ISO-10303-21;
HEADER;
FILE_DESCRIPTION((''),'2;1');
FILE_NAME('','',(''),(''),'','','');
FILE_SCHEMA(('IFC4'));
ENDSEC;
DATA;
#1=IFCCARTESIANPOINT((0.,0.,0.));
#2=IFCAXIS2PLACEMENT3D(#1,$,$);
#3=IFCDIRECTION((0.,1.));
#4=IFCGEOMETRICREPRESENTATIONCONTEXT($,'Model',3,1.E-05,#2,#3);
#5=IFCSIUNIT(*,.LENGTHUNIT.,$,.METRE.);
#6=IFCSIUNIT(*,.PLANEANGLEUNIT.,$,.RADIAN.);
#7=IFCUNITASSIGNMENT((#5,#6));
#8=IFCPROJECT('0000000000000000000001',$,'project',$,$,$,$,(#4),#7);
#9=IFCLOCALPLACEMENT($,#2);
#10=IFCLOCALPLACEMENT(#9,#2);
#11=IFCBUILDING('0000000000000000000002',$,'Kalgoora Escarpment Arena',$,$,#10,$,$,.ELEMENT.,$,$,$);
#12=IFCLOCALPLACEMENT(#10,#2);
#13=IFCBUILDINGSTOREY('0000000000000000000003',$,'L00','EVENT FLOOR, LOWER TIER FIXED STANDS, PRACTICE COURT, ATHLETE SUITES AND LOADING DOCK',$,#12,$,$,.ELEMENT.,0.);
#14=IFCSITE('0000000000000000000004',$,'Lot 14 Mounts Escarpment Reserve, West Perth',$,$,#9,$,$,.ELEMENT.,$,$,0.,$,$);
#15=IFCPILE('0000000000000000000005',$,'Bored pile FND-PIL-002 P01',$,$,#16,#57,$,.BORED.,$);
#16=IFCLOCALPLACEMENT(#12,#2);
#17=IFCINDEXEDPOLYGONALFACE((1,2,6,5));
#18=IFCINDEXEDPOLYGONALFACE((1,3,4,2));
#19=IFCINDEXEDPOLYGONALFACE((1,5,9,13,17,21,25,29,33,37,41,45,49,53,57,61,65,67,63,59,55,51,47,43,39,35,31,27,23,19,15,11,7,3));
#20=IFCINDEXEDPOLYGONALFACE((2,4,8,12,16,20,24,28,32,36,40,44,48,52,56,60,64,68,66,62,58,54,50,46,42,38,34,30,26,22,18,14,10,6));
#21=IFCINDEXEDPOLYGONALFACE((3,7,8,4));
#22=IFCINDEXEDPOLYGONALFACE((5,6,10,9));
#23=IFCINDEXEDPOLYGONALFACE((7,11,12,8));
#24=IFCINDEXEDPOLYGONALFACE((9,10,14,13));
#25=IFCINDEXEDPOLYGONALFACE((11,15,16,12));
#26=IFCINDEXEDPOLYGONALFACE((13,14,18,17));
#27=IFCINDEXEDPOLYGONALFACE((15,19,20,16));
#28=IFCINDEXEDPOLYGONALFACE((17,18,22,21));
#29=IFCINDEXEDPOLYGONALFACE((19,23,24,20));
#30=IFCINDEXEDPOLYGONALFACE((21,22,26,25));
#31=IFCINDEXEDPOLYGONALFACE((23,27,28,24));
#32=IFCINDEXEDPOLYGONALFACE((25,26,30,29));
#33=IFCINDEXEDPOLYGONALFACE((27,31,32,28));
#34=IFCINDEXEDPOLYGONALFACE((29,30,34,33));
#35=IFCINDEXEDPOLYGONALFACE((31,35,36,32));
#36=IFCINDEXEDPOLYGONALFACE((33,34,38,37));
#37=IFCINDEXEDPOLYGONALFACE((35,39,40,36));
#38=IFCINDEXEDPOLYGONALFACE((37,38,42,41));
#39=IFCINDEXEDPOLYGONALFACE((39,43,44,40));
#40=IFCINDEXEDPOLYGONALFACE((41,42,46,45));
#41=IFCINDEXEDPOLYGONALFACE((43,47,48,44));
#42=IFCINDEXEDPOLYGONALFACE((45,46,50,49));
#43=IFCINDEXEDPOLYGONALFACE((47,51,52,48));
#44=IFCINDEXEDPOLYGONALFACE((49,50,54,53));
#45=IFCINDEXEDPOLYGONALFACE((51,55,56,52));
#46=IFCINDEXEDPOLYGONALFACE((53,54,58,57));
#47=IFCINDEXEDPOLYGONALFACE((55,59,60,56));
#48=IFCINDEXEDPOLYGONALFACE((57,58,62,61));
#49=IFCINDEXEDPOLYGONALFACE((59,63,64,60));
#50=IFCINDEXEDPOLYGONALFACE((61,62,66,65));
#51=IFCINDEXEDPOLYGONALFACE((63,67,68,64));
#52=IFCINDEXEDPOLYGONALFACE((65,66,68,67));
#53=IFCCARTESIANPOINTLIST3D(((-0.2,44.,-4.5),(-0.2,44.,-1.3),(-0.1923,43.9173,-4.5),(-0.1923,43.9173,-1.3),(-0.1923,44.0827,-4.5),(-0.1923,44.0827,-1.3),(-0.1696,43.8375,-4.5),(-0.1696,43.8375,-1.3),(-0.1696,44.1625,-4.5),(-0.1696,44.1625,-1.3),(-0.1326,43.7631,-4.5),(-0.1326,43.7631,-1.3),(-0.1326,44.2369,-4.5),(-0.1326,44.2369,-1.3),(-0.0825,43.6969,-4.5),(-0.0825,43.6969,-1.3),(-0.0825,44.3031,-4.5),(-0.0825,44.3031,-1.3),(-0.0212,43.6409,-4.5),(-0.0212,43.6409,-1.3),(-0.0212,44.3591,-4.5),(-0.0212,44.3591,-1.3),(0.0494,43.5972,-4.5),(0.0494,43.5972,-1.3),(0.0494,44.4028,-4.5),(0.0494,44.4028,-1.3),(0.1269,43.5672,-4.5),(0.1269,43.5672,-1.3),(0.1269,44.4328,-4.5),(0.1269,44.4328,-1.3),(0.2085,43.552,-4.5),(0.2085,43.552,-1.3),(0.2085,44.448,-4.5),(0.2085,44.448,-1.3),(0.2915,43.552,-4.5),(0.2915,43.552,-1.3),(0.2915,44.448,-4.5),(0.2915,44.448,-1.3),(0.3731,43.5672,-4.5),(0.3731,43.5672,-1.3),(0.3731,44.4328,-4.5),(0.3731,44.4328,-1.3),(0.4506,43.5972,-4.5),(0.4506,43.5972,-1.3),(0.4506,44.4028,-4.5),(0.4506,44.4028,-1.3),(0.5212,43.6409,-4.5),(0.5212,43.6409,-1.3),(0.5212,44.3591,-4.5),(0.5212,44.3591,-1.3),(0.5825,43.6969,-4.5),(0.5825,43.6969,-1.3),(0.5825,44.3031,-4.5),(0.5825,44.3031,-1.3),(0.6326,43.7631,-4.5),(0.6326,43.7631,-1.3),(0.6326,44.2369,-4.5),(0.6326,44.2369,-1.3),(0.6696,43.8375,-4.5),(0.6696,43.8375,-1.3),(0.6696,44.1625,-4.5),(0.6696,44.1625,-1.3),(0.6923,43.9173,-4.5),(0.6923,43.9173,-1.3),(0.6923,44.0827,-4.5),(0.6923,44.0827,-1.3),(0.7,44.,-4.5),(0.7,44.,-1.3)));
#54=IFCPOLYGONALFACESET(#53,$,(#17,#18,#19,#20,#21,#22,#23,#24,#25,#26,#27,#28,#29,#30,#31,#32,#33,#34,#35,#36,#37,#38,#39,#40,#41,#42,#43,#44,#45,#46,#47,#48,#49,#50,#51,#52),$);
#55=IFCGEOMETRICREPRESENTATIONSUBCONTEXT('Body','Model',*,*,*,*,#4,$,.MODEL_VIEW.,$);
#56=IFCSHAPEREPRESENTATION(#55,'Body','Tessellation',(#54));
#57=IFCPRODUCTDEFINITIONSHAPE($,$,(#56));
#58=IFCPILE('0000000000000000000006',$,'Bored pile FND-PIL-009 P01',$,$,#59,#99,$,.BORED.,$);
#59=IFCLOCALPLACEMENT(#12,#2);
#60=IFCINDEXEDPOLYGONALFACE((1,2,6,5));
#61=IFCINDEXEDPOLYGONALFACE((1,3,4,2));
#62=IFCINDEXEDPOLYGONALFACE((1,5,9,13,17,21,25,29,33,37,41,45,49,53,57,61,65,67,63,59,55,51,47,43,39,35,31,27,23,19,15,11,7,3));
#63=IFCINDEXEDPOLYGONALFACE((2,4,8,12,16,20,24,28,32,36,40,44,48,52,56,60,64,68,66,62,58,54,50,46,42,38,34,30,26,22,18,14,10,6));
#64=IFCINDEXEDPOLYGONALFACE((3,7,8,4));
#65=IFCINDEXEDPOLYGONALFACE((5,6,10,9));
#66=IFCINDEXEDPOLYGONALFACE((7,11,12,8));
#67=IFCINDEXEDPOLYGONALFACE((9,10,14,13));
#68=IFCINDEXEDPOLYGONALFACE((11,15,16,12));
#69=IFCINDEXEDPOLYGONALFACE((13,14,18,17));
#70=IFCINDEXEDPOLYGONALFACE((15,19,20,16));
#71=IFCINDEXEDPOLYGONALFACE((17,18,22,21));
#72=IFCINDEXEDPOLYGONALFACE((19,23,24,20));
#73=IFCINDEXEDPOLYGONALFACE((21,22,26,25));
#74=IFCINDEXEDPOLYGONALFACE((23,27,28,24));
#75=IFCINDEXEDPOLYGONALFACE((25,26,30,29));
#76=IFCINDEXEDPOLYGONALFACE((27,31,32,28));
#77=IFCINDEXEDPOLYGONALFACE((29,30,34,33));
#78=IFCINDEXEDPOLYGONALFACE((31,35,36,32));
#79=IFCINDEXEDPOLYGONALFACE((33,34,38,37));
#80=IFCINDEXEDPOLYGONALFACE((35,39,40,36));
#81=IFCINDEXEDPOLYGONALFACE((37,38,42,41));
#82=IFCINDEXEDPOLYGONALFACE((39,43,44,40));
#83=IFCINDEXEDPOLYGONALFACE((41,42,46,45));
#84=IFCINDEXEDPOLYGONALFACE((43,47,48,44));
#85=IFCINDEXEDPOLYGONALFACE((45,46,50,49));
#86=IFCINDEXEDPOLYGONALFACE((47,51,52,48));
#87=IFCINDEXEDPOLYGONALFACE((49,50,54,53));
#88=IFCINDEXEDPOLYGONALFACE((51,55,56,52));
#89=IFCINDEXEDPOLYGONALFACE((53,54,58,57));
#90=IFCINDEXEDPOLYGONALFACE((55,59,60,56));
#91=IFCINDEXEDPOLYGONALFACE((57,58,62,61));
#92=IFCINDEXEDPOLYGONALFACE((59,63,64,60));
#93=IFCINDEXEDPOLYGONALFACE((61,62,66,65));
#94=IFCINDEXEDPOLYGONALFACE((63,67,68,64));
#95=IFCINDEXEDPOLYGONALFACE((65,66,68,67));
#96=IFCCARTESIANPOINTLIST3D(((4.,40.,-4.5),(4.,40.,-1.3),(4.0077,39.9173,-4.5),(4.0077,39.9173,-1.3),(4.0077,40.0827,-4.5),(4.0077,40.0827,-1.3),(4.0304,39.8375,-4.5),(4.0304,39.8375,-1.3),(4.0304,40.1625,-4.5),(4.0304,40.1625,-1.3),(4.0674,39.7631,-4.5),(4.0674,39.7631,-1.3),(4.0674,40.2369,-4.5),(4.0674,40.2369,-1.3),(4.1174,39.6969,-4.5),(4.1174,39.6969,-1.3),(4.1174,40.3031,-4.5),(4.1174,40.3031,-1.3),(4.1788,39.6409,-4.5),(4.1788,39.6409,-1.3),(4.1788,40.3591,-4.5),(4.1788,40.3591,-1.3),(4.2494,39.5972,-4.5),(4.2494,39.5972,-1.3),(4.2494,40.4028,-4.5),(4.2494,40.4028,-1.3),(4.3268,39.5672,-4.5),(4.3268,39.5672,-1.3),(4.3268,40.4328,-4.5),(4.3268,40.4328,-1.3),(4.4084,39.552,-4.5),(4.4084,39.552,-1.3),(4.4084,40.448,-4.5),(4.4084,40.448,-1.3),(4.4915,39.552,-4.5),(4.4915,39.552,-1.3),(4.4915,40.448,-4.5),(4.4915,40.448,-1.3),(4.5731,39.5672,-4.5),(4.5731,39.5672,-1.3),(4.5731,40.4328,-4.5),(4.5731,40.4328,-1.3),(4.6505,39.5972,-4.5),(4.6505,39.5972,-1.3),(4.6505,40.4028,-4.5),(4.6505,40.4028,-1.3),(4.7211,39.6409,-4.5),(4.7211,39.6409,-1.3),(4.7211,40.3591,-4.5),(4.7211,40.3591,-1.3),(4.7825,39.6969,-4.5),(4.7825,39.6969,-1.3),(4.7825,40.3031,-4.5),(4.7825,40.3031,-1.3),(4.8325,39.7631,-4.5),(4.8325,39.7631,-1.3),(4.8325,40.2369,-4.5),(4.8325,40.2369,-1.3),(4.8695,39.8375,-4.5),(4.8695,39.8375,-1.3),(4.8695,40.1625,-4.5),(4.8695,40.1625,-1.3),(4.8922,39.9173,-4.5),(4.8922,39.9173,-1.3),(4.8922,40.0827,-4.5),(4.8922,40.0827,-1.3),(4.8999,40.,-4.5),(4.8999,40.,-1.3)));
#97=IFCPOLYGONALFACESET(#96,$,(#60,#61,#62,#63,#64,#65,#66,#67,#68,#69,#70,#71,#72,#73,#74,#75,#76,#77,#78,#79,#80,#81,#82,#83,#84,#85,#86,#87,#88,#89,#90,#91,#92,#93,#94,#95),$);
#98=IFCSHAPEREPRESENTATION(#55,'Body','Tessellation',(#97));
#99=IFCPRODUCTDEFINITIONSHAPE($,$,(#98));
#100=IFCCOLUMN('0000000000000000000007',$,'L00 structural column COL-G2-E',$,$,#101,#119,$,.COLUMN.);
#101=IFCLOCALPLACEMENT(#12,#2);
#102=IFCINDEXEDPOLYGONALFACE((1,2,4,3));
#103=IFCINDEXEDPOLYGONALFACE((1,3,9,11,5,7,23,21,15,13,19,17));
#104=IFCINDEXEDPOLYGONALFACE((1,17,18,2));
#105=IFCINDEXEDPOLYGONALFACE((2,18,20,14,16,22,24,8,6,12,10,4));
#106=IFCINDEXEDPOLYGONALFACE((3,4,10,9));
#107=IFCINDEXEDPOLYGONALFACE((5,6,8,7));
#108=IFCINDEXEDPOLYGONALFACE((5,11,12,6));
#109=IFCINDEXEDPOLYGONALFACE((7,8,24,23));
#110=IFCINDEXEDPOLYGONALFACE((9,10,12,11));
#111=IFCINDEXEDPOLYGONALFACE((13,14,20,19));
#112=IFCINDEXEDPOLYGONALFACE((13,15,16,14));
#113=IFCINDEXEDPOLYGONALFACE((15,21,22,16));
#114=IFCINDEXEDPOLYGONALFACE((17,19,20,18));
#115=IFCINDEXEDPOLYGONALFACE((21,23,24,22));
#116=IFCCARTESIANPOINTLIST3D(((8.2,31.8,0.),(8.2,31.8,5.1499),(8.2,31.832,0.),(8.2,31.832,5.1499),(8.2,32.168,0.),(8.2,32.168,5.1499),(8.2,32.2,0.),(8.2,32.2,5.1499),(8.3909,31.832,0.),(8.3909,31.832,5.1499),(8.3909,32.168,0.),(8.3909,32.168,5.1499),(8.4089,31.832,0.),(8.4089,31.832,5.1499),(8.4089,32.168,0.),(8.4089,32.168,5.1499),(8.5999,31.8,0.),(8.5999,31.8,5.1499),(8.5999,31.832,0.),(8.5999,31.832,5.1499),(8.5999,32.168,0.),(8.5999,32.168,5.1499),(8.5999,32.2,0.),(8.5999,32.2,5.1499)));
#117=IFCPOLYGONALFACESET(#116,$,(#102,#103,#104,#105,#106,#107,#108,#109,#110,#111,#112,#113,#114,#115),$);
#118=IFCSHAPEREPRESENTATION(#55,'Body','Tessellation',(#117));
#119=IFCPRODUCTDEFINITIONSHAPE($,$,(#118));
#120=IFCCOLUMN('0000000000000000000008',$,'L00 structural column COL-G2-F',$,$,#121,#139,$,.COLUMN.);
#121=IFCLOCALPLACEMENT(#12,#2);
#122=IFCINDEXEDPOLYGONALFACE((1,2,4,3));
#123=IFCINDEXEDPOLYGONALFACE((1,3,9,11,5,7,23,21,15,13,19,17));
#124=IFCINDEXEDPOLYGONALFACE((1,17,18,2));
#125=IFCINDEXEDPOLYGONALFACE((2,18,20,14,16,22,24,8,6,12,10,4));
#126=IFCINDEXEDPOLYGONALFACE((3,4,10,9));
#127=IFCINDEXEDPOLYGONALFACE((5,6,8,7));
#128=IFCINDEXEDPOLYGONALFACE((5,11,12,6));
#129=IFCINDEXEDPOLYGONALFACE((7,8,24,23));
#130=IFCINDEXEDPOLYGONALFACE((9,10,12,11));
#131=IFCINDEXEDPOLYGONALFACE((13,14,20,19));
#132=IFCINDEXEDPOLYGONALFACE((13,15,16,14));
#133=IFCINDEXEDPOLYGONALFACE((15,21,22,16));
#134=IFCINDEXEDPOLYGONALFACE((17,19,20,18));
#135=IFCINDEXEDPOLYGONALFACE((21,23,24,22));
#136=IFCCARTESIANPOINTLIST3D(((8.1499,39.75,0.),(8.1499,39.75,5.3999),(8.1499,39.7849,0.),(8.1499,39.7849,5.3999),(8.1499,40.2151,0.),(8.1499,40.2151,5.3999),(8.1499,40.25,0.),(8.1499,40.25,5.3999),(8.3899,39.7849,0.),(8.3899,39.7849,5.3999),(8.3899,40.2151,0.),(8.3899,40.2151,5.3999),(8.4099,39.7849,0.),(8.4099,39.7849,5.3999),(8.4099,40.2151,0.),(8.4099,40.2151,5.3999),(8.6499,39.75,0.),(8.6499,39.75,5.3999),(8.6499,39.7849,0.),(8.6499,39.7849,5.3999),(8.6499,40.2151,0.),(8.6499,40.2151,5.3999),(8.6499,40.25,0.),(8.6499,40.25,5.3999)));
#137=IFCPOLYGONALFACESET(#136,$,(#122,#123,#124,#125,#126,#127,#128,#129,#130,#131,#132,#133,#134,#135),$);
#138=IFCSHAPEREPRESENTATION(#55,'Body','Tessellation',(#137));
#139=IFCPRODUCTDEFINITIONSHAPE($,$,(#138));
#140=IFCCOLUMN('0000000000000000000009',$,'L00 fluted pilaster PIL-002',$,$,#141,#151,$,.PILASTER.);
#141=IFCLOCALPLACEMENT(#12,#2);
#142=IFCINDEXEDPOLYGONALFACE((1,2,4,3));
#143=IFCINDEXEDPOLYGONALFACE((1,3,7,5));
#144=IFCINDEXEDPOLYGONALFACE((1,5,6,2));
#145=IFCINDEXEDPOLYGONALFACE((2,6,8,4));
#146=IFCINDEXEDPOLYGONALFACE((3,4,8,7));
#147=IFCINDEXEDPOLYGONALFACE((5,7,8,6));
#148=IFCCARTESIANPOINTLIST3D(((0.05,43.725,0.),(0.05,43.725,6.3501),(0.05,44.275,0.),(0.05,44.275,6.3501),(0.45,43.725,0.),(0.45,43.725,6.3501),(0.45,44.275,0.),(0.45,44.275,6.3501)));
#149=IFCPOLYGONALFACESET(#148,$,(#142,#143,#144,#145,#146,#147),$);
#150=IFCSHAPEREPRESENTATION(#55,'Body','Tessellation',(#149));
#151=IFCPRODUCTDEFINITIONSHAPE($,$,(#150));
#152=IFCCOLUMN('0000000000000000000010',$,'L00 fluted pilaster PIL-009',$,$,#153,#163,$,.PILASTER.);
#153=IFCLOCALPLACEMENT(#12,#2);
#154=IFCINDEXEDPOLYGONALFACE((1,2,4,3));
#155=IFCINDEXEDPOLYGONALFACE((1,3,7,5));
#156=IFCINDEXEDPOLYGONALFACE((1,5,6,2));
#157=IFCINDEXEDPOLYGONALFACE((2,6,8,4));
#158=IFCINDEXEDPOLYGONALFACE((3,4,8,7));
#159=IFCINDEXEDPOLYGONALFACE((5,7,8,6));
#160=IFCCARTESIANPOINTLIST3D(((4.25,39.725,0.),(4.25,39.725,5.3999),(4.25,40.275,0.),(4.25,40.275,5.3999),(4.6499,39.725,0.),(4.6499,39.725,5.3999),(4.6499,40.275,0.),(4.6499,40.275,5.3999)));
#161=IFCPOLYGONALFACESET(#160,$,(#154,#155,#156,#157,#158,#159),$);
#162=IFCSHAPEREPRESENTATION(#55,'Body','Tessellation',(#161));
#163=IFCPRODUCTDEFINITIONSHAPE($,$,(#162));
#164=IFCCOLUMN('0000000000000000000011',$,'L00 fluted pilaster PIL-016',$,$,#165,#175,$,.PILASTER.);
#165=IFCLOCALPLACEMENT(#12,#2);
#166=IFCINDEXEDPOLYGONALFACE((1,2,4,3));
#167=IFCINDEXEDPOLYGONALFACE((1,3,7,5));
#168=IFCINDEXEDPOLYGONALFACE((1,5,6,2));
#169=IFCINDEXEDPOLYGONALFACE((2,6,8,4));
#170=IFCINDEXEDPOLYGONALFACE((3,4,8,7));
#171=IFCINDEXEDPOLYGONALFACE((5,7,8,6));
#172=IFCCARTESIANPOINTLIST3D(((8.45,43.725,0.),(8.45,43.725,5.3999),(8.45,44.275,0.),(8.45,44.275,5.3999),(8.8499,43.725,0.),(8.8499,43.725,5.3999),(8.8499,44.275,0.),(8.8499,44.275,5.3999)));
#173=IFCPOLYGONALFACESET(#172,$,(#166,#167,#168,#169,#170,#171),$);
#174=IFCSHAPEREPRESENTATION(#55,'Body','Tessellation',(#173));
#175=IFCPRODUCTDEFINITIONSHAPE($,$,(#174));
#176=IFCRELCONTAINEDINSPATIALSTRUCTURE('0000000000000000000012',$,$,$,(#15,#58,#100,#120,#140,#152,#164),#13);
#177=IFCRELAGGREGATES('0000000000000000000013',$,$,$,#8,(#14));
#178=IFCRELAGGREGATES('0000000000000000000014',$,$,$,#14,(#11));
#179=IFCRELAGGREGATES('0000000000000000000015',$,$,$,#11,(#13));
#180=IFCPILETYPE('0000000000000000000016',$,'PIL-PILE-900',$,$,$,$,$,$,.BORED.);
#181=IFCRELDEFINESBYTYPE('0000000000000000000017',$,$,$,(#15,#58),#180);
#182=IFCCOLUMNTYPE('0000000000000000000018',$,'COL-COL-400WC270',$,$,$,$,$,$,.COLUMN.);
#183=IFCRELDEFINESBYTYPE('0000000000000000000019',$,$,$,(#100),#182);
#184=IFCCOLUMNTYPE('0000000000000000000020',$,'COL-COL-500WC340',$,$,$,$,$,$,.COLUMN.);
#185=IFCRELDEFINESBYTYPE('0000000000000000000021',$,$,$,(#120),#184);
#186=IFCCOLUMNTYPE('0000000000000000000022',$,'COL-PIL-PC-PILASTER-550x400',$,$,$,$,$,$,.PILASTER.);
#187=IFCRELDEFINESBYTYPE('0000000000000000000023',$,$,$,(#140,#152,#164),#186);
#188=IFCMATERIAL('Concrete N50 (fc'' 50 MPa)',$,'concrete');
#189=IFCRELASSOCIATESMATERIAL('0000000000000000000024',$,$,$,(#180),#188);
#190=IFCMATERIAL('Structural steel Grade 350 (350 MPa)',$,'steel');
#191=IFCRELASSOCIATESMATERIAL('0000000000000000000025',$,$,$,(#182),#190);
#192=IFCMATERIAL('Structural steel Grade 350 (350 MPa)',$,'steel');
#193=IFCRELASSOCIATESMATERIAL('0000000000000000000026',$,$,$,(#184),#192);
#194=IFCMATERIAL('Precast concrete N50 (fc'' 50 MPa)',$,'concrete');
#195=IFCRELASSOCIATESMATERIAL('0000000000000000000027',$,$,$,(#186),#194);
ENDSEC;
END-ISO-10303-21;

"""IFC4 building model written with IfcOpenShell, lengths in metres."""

from ifc_helpers import new_model, si_unit, direction, frame, origin, origin_2d, place, context, subcontext, project, spatial, rectangle, circle, i_section, extrude, material, material_profile, profile_set, type_object, element, save


model = new_model("IFC4")

# Units and contexts
model_context = context("Model", 3, precision=1e-05, world=origin(), true_north=direction((0.0, 1.0)))
body_context = subcontext(model_context, "Body", "Model", "MODEL_VIEW")
ifc_project = project(units=[si_unit("LENGTHUNIT", "METRE"), si_unit("PLANEANGLEUNIT", "RADIAN")], contexts=[model_context])

# Site, building, storey
site_placement = place(None, origin())
site = spatial("IfcSite", under=ifc_project, at=site_placement, Name="Lot 14 Mounts Escarpment Reserve, West Perth", CompositionType="ELEMENT", RefElevation=0.0)
building_placement = place(site_placement, origin())
building = spatial("IfcBuilding", under=site, at=building_placement, Name="Kalgoora Escarpment Arena", CompositionType="ELEMENT")
storey_placement = place(building_placement, origin())
storey = spatial("IfcBuildingStorey", under=building, at=storey_placement, Name="L00", Description="EVENT FLOOR, LOWER TIER FIXED STANDS, PRACTICE COURT, ATHLETE SUITES AND LOADING DOCK", CompositionType="ELEMENT", Elevation=0.0)

# Piles
ifc_material_1 = material(Name="Concrete N50 (fc' 50 MPa)", Category="concrete")
ifc_material_profile_1 = material_profile(ifc_material_1, circle(Radius=0.45, at=origin_2d()))
ifc_profile_set_1 = profile_set([ifc_material_profile_1], Name="Concrete N50 (fc' 50 MPa)")
pile_type_1 = type_object("IfcPileType", Name="PIL-PILE-900", PredefinedType="BORED", material=ifc_profile_set_1)
for number, where, z_axis, x_axis, name in (
    (1, (0.25, 44.0, -1.3), (0.0, 0.0, -1.0), (1.0, 0.0, 0.0), "Bored pile FND-PIL-002 P01"),
    (2, (4.45, 40.0, -1.3), (0.0, 0.0, -1.0), (1.0, 0.0, 0.0), "Bored pile FND-PIL-009 P01"),
):
    element("IfcPile", number, at=place(storey_placement, frame(where, z_axis=z_axis, x_axis=x_axis)), inside=storey, type_object=pile_type_1, Name=name, PredefinedType="BORED", context=body_context, shape_type="SweptSolid", body=[
        extrude(circle(Radius=0.45, at=origin_2d()), origin(), (0.0, 0.0, 1.0), 3.2),
    ])

# Columns
ifc_material_2 = material(Name="Structural steel Grade 350 (350 MPa)", Category="steel")
ifc_material_profile_2 = material_profile(ifc_material_2, i_section(OverallWidth=0.3999, OverallDepth=0.3999, WebThickness=0.0181, FlangeThickness=0.032, at=origin_2d()))
ifc_profile_set_2 = profile_set([ifc_material_profile_2], Name="Structural steel Grade 350 (350 MPa)")
column_type_1 = type_object("IfcColumnType", Name="COL-COL-400WC270", PredefinedType="COLUMN", material=ifc_profile_set_2)
column_1_placement = place(storey_placement, frame((8.3999, 32.0, 0.0), z_axis=(0.0, 0.0, 1.0), x_axis=(1.0, 0.0, 0.0)))
element("IfcColumn", 3, at=column_1_placement, inside=storey, type_object=column_type_1, Name="L00 structural column COL-G2-E", PredefinedType="COLUMN", context=body_context, shape_type="SweptSolid", body=[
    extrude(i_section(OverallWidth=0.3999, OverallDepth=0.3999, WebThickness=0.0181, FlangeThickness=0.032, at=origin_2d()), origin(), (0.0, 0.0, 1.0), 5.1499),
])
ifc_material_3 = material(Name="Structural steel Grade 350 (350 MPa)", Category="steel")
ifc_material_profile_3 = material_profile(ifc_material_3, i_section(OverallWidth=0.5, OverallDepth=0.5, WebThickness=0.02, FlangeThickness=0.0349, at=origin_2d()))
ifc_profile_set_3 = profile_set([ifc_material_profile_3], Name="Structural steel Grade 350 (350 MPa)")
column_type_2 = type_object("IfcColumnType", Name="COL-COL-500WC340", PredefinedType="COLUMN", material=ifc_profile_set_3)
column_2_placement = place(storey_placement, frame((8.3999, 40.0, 0.0), z_axis=(0.0, 0.0, 1.0), x_axis=(1.0, 0.0, 0.0)))
element("IfcColumn", 4, at=column_2_placement, inside=storey, type_object=column_type_2, Name="L00 structural column COL-G2-F", PredefinedType="COLUMN", context=body_context, shape_type="SweptSolid", body=[
    extrude(i_section(OverallWidth=0.5, OverallDepth=0.5, WebThickness=0.02, FlangeThickness=0.0349, at=origin_2d()), origin(), (0.0, 0.0, 1.0), 5.3999),
])
ifc_material_4 = material(Name="Precast concrete N50 (fc' 50 MPa)", Category="concrete")
ifc_material_profile_4 = material_profile(ifc_material_4, rectangle(XDim=0.3999, YDim=0.55, at=origin_2d()))
ifc_profile_set_4 = profile_set([ifc_material_profile_4], Name="Precast concrete N50 (fc' 50 MPa)")
column_type_3 = type_object("IfcColumnType", Name="COL-PIL-PC-PILASTER-550x400", PredefinedType="PILASTER", material=ifc_profile_set_4)
column_3_placement = place(storey_placement, frame((0.25, 44.0, 0.0), z_axis=(0.0, 0.0, 1.0), x_axis=(1.0, 0.0, 0.0)))
element("IfcColumn", 5, at=column_3_placement, inside=storey, type_object=column_type_3, Name="L00 fluted pilaster PIL-002", PredefinedType="PILASTER", context=body_context, shape_type="SweptSolid", body=[
    extrude(rectangle(XDim=0.3999, YDim=0.55, at=origin_2d()), origin(), (0.0, 0.0, 1.0), 6.3501),
])
for number, where, z_axis, x_axis, name in (
    (6, (4.45, 40.0, 0.0), (0.0, 0.0, 1.0), (1.0, 0.0, 0.0), "L00 fluted pilaster PIL-009"),
    (7, (8.6499, 44.0, 0.0), (0.0, 0.0, 1.0), (1.0, 0.0, 0.0), "L00 fluted pilaster PIL-016"),
):
    element("IfcColumn", number, at=place(storey_placement, frame(where, z_axis=z_axis, x_axis=x_axis)), inside=storey, type_object=column_type_3, Name=name, PredefinedType="PILASTER", context=body_context, shape_type="SweptSolid", body=[
        extrude(rectangle(XDim=0.3999, YDim=0.55, at=origin_2d()), origin(), (0.0, 0.0, 1.0), 5.3999),
    ])

save(model, "model.ifc")
